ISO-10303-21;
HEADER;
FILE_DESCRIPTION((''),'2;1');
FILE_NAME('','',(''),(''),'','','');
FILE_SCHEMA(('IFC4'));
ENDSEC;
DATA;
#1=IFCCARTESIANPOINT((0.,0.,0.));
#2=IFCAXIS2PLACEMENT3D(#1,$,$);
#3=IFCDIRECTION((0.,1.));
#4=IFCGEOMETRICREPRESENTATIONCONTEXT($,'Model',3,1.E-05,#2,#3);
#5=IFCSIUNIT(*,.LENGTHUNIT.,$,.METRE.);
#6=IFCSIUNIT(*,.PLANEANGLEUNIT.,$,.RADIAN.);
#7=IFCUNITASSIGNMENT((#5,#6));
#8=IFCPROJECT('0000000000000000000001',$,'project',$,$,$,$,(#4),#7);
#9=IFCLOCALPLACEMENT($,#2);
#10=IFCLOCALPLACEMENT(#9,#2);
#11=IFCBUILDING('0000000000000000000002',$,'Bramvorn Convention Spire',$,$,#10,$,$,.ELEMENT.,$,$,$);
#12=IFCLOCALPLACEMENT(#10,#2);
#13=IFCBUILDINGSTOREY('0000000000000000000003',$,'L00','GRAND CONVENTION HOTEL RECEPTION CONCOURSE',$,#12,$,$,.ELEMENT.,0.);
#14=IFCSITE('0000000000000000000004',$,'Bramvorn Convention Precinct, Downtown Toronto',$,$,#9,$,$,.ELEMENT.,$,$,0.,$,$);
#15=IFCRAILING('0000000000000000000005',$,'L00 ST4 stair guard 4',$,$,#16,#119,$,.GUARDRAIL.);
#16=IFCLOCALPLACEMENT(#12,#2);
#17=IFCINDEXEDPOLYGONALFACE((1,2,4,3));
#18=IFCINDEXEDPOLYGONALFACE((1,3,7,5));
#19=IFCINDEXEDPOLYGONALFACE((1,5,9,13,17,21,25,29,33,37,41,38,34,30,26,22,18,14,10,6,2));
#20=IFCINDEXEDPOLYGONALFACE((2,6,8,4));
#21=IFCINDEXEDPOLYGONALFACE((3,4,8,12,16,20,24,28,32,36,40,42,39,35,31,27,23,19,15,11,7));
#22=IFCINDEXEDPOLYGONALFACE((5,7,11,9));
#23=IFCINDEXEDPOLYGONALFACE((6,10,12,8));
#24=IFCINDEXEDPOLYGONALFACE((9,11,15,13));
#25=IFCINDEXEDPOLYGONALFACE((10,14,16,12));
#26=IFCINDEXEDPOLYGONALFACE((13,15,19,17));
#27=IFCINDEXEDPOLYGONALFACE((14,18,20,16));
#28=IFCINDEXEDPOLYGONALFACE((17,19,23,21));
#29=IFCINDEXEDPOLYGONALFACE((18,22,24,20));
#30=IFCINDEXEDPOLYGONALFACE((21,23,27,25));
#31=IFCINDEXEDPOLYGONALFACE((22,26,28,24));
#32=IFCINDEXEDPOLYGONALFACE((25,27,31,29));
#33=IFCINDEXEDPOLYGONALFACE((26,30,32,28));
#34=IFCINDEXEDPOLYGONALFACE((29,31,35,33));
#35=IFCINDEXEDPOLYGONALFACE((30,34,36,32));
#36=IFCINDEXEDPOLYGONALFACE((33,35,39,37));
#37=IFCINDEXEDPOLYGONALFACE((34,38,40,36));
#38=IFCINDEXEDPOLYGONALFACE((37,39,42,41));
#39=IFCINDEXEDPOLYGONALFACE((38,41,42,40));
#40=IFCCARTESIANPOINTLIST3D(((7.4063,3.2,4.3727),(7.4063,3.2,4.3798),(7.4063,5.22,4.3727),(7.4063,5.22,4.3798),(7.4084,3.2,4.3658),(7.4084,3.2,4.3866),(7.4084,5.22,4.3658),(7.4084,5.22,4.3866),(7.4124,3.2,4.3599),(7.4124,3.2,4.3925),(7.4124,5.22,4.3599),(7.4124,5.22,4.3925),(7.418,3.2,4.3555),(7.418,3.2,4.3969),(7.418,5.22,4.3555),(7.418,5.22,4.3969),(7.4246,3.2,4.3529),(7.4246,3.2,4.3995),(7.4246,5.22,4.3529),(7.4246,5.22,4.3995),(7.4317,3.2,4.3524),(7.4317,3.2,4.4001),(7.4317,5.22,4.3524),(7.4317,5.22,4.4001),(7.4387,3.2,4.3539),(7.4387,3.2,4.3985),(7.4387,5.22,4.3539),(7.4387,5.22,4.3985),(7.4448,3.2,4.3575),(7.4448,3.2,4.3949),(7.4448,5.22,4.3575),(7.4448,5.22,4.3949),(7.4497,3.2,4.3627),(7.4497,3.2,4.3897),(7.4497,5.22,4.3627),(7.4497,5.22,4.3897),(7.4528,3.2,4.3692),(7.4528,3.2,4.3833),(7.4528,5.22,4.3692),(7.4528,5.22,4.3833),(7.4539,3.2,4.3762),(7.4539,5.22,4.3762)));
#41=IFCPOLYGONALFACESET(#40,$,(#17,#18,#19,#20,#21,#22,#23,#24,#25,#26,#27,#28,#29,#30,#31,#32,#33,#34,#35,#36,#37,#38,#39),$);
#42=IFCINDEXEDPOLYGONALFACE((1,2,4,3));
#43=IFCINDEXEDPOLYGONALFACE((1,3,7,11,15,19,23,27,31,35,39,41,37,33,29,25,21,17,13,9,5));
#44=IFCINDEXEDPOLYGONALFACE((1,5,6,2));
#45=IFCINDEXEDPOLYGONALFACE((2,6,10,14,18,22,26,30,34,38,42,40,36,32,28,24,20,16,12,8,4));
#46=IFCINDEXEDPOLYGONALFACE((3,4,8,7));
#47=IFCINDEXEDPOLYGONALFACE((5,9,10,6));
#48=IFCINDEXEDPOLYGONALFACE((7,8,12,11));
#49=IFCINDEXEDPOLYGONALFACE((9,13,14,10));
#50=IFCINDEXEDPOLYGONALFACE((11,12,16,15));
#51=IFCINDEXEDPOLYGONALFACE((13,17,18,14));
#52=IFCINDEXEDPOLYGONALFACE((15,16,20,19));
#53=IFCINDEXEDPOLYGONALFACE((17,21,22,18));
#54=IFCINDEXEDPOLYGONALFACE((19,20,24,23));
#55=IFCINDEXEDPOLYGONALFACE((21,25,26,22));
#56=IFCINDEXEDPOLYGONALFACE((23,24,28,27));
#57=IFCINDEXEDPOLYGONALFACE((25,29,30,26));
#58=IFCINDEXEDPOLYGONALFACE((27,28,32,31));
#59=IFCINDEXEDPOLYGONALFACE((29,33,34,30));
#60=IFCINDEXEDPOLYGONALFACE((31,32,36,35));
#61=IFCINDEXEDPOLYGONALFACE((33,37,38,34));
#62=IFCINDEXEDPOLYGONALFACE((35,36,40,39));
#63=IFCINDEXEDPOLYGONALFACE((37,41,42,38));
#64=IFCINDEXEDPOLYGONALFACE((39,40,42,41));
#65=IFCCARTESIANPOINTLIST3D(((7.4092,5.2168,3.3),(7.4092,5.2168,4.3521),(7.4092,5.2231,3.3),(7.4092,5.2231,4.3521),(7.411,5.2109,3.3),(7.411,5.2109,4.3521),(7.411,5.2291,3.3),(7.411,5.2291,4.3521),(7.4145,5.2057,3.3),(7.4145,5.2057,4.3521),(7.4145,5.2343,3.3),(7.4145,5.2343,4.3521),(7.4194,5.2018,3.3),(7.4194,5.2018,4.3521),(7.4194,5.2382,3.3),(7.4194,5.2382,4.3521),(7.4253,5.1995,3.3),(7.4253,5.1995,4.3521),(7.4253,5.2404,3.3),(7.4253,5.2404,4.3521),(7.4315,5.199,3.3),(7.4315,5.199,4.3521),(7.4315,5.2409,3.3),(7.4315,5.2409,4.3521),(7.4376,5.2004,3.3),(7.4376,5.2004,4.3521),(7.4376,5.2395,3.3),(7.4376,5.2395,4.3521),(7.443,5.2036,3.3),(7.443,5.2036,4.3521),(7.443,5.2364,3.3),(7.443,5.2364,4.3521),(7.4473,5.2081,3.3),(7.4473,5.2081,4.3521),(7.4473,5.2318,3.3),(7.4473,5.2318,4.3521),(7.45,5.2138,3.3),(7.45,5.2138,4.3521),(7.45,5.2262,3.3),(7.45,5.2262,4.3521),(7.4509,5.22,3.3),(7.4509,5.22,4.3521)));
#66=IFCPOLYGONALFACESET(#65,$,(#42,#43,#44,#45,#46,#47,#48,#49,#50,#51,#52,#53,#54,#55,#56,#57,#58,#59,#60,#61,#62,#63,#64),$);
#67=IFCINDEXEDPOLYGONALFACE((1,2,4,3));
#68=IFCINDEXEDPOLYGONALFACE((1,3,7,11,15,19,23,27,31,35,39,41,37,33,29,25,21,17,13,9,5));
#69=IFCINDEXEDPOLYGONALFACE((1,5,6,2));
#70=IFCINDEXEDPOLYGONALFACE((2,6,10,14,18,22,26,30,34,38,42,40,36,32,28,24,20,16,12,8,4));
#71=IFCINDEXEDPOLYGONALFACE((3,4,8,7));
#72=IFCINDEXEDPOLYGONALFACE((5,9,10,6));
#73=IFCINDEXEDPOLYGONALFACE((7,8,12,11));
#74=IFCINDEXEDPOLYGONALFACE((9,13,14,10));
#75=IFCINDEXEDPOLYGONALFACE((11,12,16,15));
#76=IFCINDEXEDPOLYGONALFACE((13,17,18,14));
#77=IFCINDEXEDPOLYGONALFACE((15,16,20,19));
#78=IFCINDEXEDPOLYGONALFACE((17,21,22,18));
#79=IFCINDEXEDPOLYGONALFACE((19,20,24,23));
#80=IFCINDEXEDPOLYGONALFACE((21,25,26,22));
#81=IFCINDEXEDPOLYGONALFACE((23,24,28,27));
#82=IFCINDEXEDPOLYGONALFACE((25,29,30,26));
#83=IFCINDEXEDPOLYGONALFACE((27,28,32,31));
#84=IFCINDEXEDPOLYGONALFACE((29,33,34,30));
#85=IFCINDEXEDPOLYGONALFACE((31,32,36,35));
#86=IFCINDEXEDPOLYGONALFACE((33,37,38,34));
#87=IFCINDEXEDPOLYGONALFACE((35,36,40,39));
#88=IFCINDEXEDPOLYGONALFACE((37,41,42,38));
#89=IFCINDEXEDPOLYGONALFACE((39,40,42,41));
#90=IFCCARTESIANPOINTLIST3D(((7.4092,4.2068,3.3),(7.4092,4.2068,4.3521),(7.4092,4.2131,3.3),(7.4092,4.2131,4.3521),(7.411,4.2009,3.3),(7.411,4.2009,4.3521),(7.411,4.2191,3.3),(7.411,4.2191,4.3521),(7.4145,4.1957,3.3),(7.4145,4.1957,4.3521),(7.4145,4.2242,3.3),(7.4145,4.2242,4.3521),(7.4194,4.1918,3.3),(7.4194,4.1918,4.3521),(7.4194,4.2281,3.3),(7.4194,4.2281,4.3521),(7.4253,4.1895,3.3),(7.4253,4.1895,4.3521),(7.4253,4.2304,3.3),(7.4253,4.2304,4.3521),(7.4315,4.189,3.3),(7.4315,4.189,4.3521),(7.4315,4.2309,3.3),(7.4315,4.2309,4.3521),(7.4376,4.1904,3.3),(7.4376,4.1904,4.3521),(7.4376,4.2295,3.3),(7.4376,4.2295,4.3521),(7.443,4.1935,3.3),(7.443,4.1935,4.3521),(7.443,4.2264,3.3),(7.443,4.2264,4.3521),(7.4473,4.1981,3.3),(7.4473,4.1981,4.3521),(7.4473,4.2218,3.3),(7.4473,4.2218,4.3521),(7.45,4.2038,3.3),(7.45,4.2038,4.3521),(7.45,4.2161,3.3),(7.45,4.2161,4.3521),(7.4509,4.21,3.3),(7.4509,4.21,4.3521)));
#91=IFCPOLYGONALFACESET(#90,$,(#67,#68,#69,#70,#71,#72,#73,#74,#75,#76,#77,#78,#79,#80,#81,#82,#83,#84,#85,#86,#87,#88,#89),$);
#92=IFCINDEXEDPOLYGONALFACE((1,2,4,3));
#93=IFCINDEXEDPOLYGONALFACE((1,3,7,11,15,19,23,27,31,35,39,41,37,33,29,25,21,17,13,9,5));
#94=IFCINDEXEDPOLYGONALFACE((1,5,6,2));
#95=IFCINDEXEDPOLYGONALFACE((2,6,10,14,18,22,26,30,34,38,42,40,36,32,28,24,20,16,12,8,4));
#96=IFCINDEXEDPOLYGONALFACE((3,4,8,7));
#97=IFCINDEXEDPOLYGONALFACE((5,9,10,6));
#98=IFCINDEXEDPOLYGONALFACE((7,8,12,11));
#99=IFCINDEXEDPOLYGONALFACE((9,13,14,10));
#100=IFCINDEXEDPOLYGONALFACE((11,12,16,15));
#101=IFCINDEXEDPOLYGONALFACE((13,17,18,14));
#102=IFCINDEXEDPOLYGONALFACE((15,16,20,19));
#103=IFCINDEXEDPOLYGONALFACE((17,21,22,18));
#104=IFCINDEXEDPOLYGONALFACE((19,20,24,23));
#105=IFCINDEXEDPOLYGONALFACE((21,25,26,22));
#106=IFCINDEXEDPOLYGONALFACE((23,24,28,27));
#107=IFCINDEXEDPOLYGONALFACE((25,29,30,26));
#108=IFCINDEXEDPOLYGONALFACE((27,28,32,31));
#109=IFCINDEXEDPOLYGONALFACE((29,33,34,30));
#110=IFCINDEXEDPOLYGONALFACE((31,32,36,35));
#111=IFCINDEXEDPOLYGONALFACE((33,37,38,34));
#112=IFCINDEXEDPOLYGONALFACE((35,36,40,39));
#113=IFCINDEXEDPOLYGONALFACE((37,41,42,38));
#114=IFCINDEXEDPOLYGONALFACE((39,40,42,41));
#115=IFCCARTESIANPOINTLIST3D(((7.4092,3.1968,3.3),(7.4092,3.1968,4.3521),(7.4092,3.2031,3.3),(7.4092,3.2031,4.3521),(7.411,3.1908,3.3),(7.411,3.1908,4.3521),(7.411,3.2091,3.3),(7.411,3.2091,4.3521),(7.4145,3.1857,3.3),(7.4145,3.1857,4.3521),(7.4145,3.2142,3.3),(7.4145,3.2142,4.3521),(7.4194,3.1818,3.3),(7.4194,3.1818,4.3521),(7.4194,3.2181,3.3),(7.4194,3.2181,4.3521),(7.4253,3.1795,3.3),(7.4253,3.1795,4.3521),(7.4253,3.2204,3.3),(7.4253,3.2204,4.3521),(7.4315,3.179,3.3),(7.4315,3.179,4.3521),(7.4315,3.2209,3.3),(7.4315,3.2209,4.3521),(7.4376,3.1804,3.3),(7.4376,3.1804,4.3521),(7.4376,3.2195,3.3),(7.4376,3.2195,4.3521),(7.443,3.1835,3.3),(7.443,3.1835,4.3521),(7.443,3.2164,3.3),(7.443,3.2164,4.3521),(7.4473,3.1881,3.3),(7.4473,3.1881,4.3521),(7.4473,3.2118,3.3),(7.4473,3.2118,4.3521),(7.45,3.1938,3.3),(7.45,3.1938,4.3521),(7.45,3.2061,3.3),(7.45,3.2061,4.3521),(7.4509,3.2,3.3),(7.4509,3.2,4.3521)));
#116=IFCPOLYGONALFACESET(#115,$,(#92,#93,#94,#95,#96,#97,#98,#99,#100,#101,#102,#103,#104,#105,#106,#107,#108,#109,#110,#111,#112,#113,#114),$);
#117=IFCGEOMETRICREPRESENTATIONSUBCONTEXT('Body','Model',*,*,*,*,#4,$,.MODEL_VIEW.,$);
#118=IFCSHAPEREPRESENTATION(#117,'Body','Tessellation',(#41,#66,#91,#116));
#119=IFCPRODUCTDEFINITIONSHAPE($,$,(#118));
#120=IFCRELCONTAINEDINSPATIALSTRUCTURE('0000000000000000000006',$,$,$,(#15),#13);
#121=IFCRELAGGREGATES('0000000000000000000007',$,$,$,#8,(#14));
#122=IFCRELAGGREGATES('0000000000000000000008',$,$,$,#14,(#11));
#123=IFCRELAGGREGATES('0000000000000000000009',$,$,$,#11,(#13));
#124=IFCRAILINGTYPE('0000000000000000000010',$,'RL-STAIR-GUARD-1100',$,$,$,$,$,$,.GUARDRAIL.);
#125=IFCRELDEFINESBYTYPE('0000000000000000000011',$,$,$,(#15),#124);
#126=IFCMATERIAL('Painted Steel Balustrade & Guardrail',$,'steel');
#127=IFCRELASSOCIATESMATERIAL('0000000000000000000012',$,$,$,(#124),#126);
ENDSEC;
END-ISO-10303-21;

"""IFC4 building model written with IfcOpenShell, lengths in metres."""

from ifc_helpers import new_model, si_unit, direction, frame, origin, origin_2d, place, context, subcontext, project, spatial, circle, extrude, material, type_object, element, save


model = new_model("IFC4")

# Units and contexts
model_context = context("Model", 3, precision=1e-05, world=origin(), true_north=direction((0.0, 1.0)))
body_context = subcontext(model_context, "Body", "Model", "MODEL_VIEW")
ifc_project = project(units=[si_unit("LENGTHUNIT", "METRE"), si_unit("PLANEANGLEUNIT", "RADIAN")], contexts=[model_context])

# Site, building, storey
site_placement = place(None, origin())
site = spatial("IfcSite", under=ifc_project, at=site_placement, Name="Bramvorn Convention Precinct, Downtown Toronto", CompositionType="ELEMENT", RefElevation=0.0)
building_placement = place(site_placement, origin())
building = spatial("IfcBuilding", under=site, at=building_placement, Name="Bramvorn Convention Spire", CompositionType="ELEMENT")
storey_placement = place(building_placement, origin())
storey = spatial("IfcBuildingStorey", under=building, at=storey_placement, Name="L00", Description="GRAND CONVENTION HOTEL RECEPTION CONCOURSE", CompositionType="ELEMENT", Elevation=0.0)

# Railing
ifc_material_1 = material(Name="Painted Steel Balustrade & Guardrail", Category="steel")
railing_type_1 = type_object("IfcRailingType", Name="RL-STAIR-GUARD-1100", PredefinedType="GUARDRAIL", material=ifc_material_1)
railing_1_placement = place(storey_placement, frame((7.4299, 5.22, 3.3)))
element("IfcRailing", 1, at=railing_1_placement, inside=storey, type_object=railing_type_1, Name="L00 ST4 stair guard 4", PredefinedType="GUARDRAIL", context=body_context, shape_type="SweptSolid", body=[
    extrude(circle(Radius=0.0239, at=origin_2d()), frame((0.0, 0.0, 1.0762), z_axis=(0.0, -1.0, 0.0), x_axis=(1.0, 0.0, 0.0)), (0.0, 0.0, 1.0), 2.02),
    extrude(circle(Radius=0.021, at=origin_2d()), origin(), (0.0, 0.0, 1.0), 1.052),
    extrude(circle(Radius=0.021, at=origin_2d()), frame((0.0, -1.01, 0.0)), (0.0, 0.0, 1.0), 1.052),
    extrude(circle(Radius=0.021, at=origin_2d()), frame((0.0, -2.02, 0.0)), (0.0, 0.0, 1.0), 1.052),
])

save(model, "model.ifc")
